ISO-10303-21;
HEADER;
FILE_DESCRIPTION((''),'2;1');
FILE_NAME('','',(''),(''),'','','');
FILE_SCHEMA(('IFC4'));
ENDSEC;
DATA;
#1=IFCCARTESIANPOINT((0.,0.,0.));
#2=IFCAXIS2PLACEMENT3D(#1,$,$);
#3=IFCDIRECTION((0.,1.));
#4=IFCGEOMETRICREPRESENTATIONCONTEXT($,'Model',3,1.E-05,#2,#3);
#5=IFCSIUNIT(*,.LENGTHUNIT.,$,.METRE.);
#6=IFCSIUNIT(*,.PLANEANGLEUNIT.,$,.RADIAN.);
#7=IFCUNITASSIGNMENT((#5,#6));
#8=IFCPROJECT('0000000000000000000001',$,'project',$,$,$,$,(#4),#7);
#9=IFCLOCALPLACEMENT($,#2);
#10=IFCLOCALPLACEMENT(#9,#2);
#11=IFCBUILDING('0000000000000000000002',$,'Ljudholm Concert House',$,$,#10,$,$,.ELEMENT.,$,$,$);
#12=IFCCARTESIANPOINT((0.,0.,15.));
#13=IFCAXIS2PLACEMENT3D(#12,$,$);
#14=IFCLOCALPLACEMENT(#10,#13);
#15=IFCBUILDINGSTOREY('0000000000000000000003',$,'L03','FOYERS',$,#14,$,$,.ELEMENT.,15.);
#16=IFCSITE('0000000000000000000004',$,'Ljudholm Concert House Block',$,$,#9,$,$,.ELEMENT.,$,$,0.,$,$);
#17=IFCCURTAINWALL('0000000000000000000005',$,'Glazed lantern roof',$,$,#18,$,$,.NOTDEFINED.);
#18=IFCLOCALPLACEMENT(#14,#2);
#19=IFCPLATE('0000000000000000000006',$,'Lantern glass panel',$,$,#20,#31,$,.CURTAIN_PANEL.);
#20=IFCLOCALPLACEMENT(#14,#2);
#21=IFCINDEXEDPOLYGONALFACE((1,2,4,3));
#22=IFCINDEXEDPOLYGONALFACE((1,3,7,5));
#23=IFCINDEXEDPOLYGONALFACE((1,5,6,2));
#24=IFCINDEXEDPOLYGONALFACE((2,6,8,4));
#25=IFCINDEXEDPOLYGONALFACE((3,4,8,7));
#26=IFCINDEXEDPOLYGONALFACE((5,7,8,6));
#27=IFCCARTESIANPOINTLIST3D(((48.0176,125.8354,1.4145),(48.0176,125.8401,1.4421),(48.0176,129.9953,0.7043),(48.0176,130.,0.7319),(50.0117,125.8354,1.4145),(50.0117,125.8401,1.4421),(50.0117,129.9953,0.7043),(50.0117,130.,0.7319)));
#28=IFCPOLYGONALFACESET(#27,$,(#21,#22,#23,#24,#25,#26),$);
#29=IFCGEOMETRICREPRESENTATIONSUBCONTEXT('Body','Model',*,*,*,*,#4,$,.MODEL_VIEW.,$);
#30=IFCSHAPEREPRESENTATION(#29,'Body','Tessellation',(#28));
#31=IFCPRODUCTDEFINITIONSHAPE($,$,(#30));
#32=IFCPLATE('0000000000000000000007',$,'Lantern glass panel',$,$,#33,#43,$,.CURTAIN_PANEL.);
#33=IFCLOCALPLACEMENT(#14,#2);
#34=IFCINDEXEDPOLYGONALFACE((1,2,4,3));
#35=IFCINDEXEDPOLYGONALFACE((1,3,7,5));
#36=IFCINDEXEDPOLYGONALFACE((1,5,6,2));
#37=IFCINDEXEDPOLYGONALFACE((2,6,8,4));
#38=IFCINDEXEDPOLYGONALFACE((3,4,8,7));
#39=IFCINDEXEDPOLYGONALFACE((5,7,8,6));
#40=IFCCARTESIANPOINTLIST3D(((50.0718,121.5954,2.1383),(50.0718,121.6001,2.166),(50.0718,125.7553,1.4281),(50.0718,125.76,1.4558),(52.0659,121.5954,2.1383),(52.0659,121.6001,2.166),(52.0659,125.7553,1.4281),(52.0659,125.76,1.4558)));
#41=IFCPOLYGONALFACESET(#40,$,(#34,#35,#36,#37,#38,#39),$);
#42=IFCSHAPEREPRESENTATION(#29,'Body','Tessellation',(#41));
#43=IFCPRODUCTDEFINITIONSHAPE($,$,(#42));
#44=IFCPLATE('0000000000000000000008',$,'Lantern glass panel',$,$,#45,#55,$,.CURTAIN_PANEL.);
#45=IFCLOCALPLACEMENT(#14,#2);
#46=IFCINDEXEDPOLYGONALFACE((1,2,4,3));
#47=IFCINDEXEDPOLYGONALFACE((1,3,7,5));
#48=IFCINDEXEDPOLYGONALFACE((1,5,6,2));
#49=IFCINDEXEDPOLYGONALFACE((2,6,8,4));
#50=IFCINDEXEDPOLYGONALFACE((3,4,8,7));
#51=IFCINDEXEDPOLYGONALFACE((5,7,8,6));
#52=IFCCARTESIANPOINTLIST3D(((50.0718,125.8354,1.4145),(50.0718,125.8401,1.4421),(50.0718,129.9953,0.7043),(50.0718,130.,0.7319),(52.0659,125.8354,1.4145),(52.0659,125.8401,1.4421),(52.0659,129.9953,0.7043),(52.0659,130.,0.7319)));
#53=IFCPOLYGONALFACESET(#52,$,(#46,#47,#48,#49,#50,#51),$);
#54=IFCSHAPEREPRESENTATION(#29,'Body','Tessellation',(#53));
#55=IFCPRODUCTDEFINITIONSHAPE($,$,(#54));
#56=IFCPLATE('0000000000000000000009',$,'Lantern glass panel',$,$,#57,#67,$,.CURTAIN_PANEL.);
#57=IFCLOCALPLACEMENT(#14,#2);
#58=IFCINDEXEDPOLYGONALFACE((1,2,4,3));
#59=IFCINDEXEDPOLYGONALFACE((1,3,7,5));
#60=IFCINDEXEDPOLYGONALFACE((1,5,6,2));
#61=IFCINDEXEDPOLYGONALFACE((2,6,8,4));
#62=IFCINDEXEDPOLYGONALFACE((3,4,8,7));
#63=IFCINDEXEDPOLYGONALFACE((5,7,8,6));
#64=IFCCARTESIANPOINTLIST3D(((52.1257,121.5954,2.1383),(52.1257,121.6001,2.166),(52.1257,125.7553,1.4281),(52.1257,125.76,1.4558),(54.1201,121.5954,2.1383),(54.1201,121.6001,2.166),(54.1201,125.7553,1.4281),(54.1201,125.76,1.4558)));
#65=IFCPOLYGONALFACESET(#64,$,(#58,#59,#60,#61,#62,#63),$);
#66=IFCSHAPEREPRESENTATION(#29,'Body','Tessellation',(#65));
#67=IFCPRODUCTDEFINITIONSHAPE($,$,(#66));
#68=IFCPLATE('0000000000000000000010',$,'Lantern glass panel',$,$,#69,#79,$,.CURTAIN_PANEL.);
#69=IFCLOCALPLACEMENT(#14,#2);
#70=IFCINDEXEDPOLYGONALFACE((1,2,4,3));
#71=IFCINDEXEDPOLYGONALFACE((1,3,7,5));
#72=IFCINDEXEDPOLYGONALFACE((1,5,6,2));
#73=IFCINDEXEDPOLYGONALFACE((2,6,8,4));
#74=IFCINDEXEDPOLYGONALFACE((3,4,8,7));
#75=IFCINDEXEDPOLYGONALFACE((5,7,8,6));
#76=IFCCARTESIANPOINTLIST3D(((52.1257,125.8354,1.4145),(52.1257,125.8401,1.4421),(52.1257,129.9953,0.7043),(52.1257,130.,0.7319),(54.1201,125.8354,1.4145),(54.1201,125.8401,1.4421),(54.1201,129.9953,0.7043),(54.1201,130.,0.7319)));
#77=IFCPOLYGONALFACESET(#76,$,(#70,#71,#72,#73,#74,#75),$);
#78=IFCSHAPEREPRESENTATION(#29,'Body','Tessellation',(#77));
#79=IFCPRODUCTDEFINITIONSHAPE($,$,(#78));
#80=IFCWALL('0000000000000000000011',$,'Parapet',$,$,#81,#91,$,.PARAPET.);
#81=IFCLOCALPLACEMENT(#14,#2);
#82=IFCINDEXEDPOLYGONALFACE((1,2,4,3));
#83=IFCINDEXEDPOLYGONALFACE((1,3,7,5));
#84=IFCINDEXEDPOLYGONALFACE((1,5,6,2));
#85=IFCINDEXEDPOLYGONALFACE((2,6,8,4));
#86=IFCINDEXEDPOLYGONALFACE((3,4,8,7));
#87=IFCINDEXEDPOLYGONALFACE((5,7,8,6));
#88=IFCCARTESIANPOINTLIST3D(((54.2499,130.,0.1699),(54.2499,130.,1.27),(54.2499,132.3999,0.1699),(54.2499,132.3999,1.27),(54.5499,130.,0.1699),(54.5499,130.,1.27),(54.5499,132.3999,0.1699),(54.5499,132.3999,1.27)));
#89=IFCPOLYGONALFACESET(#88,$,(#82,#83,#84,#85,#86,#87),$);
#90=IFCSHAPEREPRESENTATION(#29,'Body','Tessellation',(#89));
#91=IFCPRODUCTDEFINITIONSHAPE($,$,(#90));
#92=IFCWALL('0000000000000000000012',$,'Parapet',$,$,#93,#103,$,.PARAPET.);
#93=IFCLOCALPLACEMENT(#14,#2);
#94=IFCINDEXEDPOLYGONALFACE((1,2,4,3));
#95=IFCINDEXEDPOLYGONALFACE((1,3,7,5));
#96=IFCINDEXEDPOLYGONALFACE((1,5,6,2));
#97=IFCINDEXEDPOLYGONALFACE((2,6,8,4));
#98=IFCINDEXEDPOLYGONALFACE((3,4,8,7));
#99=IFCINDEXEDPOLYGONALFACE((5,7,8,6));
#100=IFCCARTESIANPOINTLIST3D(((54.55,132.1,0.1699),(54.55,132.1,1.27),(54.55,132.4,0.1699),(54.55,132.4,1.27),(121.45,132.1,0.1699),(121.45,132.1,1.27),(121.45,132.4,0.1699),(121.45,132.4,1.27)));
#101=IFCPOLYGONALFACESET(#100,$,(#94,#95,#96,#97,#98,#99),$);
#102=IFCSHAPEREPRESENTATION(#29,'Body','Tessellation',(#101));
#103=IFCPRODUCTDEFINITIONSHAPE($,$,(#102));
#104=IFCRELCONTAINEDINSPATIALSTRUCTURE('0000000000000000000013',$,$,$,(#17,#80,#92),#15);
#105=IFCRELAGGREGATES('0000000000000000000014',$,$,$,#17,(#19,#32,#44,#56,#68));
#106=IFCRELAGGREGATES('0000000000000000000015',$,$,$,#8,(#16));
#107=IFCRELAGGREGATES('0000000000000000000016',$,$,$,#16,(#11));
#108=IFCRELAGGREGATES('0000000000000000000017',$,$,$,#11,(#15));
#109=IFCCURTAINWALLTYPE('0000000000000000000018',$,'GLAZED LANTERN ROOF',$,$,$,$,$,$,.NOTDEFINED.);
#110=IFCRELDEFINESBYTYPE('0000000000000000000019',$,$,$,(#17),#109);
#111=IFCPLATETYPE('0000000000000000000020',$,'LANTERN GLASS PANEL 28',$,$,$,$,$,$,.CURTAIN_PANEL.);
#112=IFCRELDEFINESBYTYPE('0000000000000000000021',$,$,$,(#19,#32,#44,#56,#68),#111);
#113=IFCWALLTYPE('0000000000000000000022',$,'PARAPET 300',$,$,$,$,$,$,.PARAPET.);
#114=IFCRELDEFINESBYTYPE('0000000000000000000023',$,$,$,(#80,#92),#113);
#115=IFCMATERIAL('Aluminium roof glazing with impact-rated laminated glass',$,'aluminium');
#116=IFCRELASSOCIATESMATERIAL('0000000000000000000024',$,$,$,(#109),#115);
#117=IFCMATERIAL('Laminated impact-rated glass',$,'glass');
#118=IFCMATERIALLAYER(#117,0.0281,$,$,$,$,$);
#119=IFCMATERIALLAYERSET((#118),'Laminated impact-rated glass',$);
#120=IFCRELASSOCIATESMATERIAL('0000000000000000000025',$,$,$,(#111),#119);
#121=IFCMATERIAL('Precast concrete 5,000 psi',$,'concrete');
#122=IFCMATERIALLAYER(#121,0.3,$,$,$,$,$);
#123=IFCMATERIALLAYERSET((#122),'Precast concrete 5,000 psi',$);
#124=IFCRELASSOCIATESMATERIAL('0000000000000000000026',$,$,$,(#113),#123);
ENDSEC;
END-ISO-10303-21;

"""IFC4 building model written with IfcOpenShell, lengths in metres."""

from ifc_helpers import new_model, si_unit, direction, frame, frame_2d, origin, place, context, subcontext, project, spatial, polyline, rectangle, outline, extrude, material, layer, layer_set, type_object, element, aggregate, save


model = new_model("IFC4")

# Units and contexts
model_context = context("Model", 3, precision=1e-05, world=origin(), true_north=direction((0.0, 1.0)))
body_context = subcontext(model_context, "Body", "Model", "MODEL_VIEW")
ifc_project = project(units=[si_unit("LENGTHUNIT", "METRE"), si_unit("PLANEANGLEUNIT", "RADIAN")], contexts=[model_context])

# Site, building, storey
site_placement = place(None, origin())
site = spatial("IfcSite", under=ifc_project, at=site_placement, Name="Ljudholm Concert House Block", CompositionType="ELEMENT", RefElevation=0.0)
building_placement = place(site_placement, origin())
building = spatial("IfcBuilding", under=site, at=building_placement, Name="Ljudholm Concert House", CompositionType="ELEMENT")
storey_placement = place(building_placement, frame((0.0, 0.0, 15.0)))
storey = spatial("IfcBuildingStorey", under=building, at=storey_placement, Name="L03", Description="FOYERS", CompositionType="ELEMENT", Elevation=15.0)

# Curtain wall
ifc_material_1 = material(Name="Aluminium roof glazing with impact-rated laminated glass", Category="aluminium")
curtain_wall_type = type_object("IfcCurtainWallType", Name="GLAZED LANTERN ROOF", PredefinedType="NOTDEFINED", material=ifc_material_1)
curtain_wall_placement = place(storey_placement, origin())
curtain_wall = element("IfcCurtainWall", 1, at=curtain_wall_placement, inside=storey, type_object=curtain_wall_type, Name="Glazed lantern roof", PredefinedType="NOTDEFINED")

# Plates
ifc_material_2 = material(Name="Laminated impact-rated glass", Category="glass")
ifc_layer_1 = layer(ifc_material_2, 0.0281)
ifc_layer_set_1 = layer_set([ifc_layer_1], Name="Laminated impact-rated glass")
plate_type = type_object("IfcPlateType", Name="LANTERN GLASS PANEL 28", PredefinedType="CURTAIN_PANEL", material=ifc_layer_set_1)
plate_1_placement = place(storey_placement, frame((48.0176, 125.8401, 1.4421), z_axis=(0.0, 0.168291, 0.985737), x_axis=(1.0, 0.0, 0.0)))
plate_1 = element("IfcPlate", 2, at=plate_1_placement, type_object=plate_type, Name="Lantern glass panel", PredefinedType="CURTAIN_PANEL", context=body_context, shape_type="SweptSolid", body=[
    extrude(outline(polyline([(0.0, 0.0), (1.9941, 0.0), (1.9941, 4.2201), (0.0, 4.2201), (0.0, 0.0)])), origin(), (0.0, 0.0, -1.0), 0.0281),
])
plate_2_placement = place(storey_placement, frame((50.0718, 121.6001, 2.166), z_axis=(0.0, 0.168291, 0.985737), x_axis=(1.0, 0.0, 0.0)))
plate_2 = element("IfcPlate", 3, at=plate_2_placement, type_object=plate_type, Name="Lantern glass panel", PredefinedType="CURTAIN_PANEL", context=body_context, shape_type="SweptSolid", body=[
    extrude(outline(polyline([(0.0, 0.0), (1.9941, 0.0), (1.9941, 4.2201), (0.0, 4.2201), (0.0, 0.0)])), origin(), (0.0, 0.0, -1.0), 0.0281),
])
plate_3_placement = place(storey_placement, frame((50.0718, 125.8401, 1.4421), z_axis=(0.0, 0.168291, 0.985737), x_axis=(1.0, 0.0, 0.0)))
plate_3 = element("IfcPlate", 4, at=plate_3_placement, type_object=plate_type, Name="Lantern glass panel", PredefinedType="CURTAIN_PANEL", context=body_context, shape_type="SweptSolid", body=[
    extrude(outline(polyline([(0.0, 0.0), (1.9941, 0.0), (1.9941, 4.2201), (0.0, 4.2201), (0.0, 0.0)])), origin(), (0.0, 0.0, -1.0), 0.0281),
])
plate_4_placement = place(storey_placement, frame((52.1257, 121.6001, 2.166), z_axis=(0.0, 0.168291, 0.985737), x_axis=(1.0, 0.0, 0.0)))
plate_4 = element("IfcPlate", 5, at=plate_4_placement, type_object=plate_type, Name="Lantern glass panel", PredefinedType="CURTAIN_PANEL", context=body_context, shape_type="SweptSolid", body=[
    extrude(outline(polyline([(0.0, 0.0), (1.9944, 0.0), (1.9944, 4.2201), (0.0, 4.2201), (0.0, 0.0)])), origin(), (0.0, 0.0, -1.0), 0.0281),
])
plate_5_placement = place(storey_placement, frame((52.1257, 125.8401, 1.4421), z_axis=(0.0, 0.168291, 0.985737), x_axis=(1.0, 0.0, 0.0)))
plate_5 = element("IfcPlate", 6, at=plate_5_placement, type_object=plate_type, Name="Lantern glass panel", PredefinedType="CURTAIN_PANEL", context=body_context, shape_type="SweptSolid", body=[
    extrude(outline(polyline([(0.0, 0.0), (1.9944, 0.0), (1.9944, 4.2201), (0.0, 4.2201), (0.0, 0.0)])), origin(), (0.0, 0.0, -1.0), 0.0281),
])
aggregate(curtain_wall, [plate_1, plate_2, plate_3, plate_4, plate_5])

# Walls
ifc_material_3 = material(Name="Precast concrete 5,000 psi", Category="concrete")
ifc_layer_2 = layer(ifc_material_3, 0.3)
ifc_layer_set_2 = layer_set([ifc_layer_2], Name="Precast concrete 5,000 psi")
wall_type = type_object("IfcWallType", Name="PARAPET 300", PredefinedType="PARAPET", material=ifc_layer_set_2)
wall_1_placement = place(storey_placement, frame((54.3999, 130.0, 0.1699), z_axis=(0.0, 0.0, 1.0), x_axis=(0.0, 1.0, 0.0)))
element("IfcWall", 7, at=wall_1_placement, inside=storey, type_object=wall_type, Name="Parapet", PredefinedType="PARAPET", context=body_context, shape_type="SweptSolid", body=[
    extrude(rectangle(XDim=2.3999, YDim=0.3, at=frame_2d((1.2, 0.0))), origin(), (0.0, 0.0, 1.0), 1.1001),
])
wall_2_placement = place(storey_placement, frame((54.55, 132.25, 0.1699), z_axis=(0.0, 0.0, 1.0), x_axis=(1.0, 0.0, 0.0)))
element("IfcWall", 8, at=wall_2_placement, inside=storey, type_object=wall_type, Name="Parapet", PredefinedType="PARAPET", context=body_context, shape_type="SweptSolid", body=[
    extrude(rectangle(XDim=66.8999, YDim=0.3, at=frame_2d((33.45, 0.0))), origin(), (0.0, 0.0, 1.0), 1.1001),
])

save(model, "model.ifc")
